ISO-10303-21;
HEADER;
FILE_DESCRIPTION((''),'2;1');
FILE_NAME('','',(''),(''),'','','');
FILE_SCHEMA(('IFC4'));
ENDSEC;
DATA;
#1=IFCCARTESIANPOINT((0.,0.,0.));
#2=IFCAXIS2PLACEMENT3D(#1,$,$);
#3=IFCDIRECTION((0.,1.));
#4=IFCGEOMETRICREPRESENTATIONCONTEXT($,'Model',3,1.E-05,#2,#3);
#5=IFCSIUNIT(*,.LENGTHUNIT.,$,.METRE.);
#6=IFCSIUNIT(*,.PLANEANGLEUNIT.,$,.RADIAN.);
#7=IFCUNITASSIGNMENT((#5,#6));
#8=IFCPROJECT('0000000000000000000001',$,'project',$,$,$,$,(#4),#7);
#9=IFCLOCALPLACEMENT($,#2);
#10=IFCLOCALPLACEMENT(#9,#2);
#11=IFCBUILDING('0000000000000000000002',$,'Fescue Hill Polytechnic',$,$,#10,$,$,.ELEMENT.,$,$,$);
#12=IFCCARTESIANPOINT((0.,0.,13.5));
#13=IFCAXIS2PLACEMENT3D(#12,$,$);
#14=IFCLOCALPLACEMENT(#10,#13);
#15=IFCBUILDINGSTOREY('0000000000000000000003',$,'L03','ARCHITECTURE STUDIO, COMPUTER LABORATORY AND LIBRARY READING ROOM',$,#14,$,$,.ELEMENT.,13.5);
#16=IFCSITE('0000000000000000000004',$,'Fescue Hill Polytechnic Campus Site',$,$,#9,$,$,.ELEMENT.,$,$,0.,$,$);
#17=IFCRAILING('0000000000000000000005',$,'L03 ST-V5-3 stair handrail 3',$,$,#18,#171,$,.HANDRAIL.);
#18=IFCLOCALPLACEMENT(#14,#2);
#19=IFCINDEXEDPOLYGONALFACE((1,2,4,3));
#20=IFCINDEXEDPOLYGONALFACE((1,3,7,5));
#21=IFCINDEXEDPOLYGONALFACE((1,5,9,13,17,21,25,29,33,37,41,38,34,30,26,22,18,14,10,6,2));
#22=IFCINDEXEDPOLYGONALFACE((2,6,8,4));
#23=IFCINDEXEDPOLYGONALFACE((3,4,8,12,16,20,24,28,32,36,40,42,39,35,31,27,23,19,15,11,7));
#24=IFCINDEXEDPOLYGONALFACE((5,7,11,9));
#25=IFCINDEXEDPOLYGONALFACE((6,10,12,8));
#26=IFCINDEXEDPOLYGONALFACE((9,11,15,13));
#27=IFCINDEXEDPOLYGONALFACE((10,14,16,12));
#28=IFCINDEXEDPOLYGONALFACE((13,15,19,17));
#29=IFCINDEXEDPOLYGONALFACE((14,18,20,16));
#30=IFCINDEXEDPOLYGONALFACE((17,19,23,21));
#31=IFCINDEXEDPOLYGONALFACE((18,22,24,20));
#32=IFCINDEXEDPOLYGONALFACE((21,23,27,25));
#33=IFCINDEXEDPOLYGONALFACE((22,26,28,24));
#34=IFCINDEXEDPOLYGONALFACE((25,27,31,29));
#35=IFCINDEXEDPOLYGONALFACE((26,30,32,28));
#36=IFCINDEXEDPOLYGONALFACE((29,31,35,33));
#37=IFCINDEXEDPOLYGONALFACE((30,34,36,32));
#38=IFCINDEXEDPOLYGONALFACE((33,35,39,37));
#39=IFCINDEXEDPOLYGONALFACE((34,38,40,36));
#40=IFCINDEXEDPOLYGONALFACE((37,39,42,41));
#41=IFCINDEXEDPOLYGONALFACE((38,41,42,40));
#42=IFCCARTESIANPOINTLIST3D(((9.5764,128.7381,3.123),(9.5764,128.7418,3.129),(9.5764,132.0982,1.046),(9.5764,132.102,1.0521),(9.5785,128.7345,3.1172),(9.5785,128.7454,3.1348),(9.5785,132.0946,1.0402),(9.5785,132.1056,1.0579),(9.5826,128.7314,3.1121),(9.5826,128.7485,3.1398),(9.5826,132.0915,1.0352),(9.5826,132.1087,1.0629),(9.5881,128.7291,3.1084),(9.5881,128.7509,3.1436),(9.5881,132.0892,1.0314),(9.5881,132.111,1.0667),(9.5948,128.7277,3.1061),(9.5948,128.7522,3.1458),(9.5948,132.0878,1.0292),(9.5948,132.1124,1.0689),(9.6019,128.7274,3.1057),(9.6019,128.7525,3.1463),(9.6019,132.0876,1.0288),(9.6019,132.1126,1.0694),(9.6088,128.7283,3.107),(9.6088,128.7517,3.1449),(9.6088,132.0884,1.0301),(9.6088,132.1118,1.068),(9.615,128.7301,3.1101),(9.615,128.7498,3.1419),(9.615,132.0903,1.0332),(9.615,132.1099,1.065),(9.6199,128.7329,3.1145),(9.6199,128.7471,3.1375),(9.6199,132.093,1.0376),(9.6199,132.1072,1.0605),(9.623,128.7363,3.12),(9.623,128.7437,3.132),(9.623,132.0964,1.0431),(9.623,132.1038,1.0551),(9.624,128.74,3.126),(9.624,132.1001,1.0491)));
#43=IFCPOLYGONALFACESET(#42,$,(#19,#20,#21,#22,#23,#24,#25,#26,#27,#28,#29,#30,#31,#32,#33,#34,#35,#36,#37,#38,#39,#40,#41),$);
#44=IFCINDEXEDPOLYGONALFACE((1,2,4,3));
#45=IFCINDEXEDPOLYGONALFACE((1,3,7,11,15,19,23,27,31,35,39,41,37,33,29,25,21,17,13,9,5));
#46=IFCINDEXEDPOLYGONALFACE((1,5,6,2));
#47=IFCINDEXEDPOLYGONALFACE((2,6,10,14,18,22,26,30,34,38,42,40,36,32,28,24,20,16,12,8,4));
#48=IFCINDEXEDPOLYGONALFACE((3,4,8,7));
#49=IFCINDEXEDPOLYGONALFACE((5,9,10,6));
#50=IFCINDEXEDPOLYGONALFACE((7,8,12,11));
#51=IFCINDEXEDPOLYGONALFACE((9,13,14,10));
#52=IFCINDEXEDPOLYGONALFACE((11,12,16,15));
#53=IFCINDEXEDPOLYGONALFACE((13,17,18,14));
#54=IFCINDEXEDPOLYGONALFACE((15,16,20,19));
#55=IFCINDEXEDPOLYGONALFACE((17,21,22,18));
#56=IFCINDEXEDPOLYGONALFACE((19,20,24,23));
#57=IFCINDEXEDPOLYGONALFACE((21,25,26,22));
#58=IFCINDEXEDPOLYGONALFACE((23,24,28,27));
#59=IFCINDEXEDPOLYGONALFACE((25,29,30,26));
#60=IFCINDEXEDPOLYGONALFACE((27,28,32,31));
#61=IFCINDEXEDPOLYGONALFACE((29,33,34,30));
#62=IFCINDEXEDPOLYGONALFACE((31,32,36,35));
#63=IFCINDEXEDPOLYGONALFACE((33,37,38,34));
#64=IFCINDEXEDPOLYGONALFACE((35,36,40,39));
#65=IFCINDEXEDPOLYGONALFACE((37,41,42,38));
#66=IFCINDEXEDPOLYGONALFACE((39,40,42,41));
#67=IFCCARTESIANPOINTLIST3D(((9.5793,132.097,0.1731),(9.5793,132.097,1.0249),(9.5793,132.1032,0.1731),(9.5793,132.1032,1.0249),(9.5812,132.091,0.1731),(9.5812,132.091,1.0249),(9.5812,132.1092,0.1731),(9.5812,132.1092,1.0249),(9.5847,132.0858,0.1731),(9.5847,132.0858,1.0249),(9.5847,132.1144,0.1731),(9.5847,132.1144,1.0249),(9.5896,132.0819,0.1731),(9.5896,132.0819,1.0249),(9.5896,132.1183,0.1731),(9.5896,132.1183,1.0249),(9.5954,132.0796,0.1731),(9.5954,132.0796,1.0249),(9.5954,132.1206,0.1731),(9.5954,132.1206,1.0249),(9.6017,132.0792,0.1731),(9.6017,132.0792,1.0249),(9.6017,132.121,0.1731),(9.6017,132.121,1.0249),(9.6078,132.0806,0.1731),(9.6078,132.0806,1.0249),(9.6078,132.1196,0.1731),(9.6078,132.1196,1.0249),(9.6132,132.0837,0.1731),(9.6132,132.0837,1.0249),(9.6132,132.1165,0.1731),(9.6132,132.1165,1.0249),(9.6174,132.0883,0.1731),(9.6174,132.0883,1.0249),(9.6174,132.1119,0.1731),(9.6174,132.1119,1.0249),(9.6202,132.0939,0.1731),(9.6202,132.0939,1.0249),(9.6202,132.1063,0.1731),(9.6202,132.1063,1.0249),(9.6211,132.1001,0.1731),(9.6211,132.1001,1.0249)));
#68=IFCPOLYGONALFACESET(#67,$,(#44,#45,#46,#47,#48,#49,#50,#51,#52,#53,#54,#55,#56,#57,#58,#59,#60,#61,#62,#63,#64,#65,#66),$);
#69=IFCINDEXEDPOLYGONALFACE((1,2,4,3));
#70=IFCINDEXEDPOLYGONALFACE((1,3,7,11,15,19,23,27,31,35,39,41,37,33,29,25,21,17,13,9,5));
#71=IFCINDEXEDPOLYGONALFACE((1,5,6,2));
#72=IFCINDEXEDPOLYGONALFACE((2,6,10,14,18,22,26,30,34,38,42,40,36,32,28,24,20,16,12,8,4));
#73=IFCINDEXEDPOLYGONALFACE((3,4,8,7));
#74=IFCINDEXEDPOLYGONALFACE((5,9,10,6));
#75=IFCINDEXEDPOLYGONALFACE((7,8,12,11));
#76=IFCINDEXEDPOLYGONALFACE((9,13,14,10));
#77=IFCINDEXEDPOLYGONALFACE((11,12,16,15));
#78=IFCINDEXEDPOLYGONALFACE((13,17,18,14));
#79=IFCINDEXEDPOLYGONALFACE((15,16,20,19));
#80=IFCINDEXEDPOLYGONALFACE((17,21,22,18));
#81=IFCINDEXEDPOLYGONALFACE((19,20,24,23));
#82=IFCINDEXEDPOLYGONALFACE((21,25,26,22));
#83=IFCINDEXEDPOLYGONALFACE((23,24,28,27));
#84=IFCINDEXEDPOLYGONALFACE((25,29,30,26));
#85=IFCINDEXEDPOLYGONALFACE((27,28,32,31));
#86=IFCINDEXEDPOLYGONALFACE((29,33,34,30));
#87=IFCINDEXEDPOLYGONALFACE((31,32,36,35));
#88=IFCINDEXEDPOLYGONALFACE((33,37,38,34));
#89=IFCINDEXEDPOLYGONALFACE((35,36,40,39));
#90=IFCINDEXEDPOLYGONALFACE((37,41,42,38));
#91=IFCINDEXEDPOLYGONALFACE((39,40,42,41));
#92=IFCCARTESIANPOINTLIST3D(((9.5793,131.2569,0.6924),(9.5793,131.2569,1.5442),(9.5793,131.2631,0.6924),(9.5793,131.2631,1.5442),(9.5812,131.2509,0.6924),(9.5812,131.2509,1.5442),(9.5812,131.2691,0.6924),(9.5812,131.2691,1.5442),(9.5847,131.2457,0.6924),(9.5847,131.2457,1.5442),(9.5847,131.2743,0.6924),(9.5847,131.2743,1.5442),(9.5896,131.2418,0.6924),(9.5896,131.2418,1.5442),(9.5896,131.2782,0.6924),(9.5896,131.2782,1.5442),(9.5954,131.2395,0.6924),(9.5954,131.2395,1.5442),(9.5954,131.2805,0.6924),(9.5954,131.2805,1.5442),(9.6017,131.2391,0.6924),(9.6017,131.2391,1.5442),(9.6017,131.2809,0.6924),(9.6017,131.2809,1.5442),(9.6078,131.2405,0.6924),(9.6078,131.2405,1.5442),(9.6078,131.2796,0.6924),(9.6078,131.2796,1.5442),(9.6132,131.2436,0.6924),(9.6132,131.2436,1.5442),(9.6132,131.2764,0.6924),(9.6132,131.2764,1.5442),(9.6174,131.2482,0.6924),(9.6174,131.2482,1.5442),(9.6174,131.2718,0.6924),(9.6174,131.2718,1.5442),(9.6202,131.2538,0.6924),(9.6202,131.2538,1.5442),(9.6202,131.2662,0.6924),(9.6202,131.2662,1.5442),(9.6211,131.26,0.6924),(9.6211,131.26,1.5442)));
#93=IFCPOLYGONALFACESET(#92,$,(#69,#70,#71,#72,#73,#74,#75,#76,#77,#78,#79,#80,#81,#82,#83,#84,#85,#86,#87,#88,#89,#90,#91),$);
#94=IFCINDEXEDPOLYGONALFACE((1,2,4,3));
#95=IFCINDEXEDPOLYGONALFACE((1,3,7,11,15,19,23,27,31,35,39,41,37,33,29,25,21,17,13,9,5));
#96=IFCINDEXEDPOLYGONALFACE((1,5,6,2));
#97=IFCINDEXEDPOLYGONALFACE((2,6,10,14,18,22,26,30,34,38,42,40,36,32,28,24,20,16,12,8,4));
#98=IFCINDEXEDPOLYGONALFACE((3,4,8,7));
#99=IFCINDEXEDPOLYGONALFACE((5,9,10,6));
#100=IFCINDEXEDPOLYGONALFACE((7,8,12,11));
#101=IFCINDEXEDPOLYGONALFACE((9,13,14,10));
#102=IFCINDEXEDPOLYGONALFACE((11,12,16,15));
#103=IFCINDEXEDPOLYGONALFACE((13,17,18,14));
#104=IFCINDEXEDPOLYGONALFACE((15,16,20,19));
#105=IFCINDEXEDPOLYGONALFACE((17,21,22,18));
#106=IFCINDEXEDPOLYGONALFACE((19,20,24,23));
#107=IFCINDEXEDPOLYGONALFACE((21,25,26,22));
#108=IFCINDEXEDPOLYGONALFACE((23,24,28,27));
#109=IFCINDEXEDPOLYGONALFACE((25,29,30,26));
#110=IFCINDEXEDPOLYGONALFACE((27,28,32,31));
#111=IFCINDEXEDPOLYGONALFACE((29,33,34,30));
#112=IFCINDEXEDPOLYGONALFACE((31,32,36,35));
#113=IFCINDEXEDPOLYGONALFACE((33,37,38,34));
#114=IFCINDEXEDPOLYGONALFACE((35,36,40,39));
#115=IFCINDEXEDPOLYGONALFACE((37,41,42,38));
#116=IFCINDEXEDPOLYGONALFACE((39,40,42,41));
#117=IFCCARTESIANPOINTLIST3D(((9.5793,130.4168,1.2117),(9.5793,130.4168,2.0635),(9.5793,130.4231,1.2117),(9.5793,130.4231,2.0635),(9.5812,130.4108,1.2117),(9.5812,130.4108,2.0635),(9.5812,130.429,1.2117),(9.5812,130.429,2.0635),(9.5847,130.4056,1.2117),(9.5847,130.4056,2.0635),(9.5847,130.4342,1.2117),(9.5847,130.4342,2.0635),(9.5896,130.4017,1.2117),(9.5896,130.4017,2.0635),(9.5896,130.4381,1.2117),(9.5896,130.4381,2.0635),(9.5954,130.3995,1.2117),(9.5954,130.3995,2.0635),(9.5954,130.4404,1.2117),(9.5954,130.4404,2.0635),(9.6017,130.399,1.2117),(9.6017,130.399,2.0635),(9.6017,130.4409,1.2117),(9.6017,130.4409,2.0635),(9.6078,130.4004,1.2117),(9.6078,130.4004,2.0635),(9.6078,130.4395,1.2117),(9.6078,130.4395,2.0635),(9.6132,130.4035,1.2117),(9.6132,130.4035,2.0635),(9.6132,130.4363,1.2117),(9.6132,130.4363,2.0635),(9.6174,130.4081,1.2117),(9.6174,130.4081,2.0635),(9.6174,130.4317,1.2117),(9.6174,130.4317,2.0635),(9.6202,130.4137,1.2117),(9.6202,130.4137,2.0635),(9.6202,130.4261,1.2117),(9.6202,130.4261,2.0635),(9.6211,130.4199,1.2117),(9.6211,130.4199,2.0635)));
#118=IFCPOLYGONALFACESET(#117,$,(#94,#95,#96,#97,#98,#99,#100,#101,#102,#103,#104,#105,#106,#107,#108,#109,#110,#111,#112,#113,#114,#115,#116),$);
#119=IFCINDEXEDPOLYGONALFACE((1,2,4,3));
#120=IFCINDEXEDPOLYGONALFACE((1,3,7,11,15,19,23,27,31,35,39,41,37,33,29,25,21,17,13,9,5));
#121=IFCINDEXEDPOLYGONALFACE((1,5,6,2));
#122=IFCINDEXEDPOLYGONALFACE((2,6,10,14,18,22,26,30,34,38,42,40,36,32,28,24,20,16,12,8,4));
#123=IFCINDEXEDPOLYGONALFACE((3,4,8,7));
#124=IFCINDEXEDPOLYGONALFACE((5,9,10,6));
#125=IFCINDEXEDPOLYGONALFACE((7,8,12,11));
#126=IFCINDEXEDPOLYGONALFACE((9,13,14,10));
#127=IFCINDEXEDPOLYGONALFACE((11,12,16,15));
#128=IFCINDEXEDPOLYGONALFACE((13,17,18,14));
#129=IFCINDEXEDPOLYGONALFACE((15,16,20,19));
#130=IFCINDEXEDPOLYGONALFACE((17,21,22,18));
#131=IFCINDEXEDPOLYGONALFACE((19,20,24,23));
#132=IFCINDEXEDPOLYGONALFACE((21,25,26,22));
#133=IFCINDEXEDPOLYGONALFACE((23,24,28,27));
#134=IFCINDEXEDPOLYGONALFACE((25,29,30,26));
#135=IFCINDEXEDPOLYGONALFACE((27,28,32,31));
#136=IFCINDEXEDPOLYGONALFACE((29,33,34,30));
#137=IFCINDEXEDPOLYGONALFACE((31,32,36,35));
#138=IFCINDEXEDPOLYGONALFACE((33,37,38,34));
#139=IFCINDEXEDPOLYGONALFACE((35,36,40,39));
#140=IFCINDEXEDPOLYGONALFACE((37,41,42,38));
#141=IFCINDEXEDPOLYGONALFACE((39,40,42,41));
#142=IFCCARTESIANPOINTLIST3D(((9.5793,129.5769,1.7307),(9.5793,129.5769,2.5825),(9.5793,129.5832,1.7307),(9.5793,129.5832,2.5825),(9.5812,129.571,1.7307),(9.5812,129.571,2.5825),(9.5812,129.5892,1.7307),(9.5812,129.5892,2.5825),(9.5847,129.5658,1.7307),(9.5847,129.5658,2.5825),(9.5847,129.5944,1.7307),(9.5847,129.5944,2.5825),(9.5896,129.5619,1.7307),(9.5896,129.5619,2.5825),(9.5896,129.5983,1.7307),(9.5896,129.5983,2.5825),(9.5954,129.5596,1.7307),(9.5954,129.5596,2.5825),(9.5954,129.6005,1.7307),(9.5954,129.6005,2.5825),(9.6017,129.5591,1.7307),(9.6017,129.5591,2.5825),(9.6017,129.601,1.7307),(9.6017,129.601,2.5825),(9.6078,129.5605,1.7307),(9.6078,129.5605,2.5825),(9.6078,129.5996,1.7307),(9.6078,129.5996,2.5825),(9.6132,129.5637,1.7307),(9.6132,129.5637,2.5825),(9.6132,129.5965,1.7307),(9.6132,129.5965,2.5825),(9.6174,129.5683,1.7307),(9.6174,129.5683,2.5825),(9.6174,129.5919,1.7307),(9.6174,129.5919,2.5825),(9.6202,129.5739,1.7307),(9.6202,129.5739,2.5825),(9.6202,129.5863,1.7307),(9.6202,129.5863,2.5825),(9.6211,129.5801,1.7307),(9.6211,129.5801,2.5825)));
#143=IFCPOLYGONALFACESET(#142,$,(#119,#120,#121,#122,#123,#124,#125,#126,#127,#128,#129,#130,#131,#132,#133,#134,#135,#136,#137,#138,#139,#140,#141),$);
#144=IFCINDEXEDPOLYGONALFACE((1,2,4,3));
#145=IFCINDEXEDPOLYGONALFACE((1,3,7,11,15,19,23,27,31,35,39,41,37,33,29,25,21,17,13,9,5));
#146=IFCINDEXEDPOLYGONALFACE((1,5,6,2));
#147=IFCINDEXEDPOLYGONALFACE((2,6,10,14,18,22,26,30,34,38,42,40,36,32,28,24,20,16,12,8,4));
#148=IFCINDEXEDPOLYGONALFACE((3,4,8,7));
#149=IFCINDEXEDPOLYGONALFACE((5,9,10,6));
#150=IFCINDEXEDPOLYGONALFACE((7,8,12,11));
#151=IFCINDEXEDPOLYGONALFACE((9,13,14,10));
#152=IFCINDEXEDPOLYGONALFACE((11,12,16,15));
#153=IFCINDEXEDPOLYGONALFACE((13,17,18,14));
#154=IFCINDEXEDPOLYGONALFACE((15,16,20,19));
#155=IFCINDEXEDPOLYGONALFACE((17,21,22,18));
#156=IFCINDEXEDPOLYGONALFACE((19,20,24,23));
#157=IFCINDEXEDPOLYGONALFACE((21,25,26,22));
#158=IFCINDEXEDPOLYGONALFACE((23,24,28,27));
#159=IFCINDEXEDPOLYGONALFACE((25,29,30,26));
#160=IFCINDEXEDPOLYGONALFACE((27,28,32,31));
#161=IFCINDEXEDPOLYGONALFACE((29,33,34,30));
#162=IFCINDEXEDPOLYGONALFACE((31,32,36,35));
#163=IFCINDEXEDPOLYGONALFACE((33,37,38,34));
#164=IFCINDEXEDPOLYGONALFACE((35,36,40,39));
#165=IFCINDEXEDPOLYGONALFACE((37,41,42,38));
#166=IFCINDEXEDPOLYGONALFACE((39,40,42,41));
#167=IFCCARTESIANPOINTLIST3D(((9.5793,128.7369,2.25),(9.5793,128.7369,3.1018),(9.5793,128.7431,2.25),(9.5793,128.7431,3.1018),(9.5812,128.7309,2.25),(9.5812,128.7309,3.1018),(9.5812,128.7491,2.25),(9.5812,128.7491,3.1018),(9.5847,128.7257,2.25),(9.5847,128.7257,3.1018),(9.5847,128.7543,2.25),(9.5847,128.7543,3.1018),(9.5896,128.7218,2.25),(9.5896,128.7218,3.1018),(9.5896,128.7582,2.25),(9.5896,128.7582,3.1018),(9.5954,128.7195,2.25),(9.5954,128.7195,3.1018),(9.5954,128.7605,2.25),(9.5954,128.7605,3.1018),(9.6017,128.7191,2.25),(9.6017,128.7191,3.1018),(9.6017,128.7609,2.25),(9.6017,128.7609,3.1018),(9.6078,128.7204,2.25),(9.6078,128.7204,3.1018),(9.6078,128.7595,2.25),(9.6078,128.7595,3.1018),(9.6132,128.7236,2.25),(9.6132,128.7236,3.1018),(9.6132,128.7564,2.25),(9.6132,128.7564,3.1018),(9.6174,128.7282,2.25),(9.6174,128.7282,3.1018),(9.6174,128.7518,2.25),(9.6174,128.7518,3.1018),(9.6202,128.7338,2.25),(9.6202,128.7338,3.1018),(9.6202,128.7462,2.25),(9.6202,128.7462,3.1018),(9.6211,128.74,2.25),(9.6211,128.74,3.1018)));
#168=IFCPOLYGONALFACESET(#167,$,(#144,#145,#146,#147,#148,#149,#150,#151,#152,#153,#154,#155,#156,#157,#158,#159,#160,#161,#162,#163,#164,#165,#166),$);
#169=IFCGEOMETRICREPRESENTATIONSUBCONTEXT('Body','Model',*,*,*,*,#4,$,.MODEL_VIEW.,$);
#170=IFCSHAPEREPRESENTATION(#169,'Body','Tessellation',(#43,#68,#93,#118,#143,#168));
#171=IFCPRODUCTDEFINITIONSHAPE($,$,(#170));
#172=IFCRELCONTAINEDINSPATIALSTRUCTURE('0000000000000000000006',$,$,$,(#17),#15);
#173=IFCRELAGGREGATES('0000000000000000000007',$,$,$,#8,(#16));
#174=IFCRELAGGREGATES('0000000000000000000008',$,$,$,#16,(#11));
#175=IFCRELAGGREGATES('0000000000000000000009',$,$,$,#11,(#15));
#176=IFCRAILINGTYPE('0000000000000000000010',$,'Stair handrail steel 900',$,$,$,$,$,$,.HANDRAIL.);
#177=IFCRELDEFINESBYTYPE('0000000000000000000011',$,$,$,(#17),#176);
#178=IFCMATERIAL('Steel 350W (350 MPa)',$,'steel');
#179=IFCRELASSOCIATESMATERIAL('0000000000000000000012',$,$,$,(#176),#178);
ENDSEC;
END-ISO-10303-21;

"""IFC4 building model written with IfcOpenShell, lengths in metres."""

from ifc_helpers import new_model, si_unit, direction, frame, origin, origin_2d, place, context, subcontext, project, spatial, circle, extrude, material, type_object, element, save


model = new_model("IFC4")

# Units and contexts
model_context = context("Model", 3, precision=1e-05, world=origin(), true_north=direction((0.0, 1.0)))
body_context = subcontext(model_context, "Body", "Model", "MODEL_VIEW")
ifc_project = project(units=[si_unit("LENGTHUNIT", "METRE"), si_unit("PLANEANGLEUNIT", "RADIAN")], contexts=[model_context])

# Site, building, storey
site_placement = place(None, origin())
site = spatial("IfcSite", under=ifc_project, at=site_placement, Name="Fescue Hill Polytechnic Campus Site", CompositionType="ELEMENT", RefElevation=0.0)
building_placement = place(site_placement, origin())
building = spatial("IfcBuilding", under=site, at=building_placement, Name="Fescue Hill Polytechnic", CompositionType="ELEMENT")
storey_placement = place(building_placement, frame((0.0, 0.0, 13.5)))
storey = spatial("IfcBuildingStorey", under=building, at=storey_placement, Name="L03", Description="ARCHITECTURE STUDIO, COMPUTER LABORATORY AND LIBRARY READING ROOM", CompositionType="ELEMENT", Elevation=13.5)

# Railing
ifc_material_1 = material(Name="Steel 350W (350 MPa)", Category="steel")
railing_type_1 = type_object("IfcRailingType", Name="Stair handrail steel 900", PredefinedType="HANDRAIL", material=ifc_material_1)
railing_1_placement = place(storey_placement, frame((9.6001, 132.1001, 0.1731)))
element("IfcRailing", 1, at=railing_1_placement, inside=storey, type_object=railing_type_1, Name="L03 ST-V5-3 stair handrail 3", PredefinedType="HANDRAIL", context=body_context, shape_type="SweptSolid", body=[
    extrude(circle(Radius=0.0239, at=origin_2d()), frame((0.0, 0.0, 0.876), z_axis=(0.0, -0.850623, 0.525776), x_axis=(1.0, 0.0, 0.0)), (0.0, 0.0, 1.0), 3.9502),
    extrude(circle(Radius=0.021, at=origin_2d()), origin(), (0.0, 0.0, 1.0), 0.8518),
    extrude(circle(Radius=0.021, at=origin_2d()), frame((0.0, -0.8401, 0.5193)), (0.0, 0.0, 1.0), 0.8518),
    extrude(circle(Radius=0.021, at=origin_2d()), frame((0.0, -1.6802, 1.0386)), (0.0, 0.0, 1.0), 0.8518),
    extrude(circle(Radius=0.021, at=origin_2d()), frame((0.0, -2.52, 1.5576)), (0.0, 0.0, 1.0), 0.8518),
    extrude(circle(Radius=0.021, at=origin_2d()), frame((0.0, -3.3601, 2.0769)), (0.0, 0.0, 1.0), 0.8518),
])

save(model, "model.ifc")
